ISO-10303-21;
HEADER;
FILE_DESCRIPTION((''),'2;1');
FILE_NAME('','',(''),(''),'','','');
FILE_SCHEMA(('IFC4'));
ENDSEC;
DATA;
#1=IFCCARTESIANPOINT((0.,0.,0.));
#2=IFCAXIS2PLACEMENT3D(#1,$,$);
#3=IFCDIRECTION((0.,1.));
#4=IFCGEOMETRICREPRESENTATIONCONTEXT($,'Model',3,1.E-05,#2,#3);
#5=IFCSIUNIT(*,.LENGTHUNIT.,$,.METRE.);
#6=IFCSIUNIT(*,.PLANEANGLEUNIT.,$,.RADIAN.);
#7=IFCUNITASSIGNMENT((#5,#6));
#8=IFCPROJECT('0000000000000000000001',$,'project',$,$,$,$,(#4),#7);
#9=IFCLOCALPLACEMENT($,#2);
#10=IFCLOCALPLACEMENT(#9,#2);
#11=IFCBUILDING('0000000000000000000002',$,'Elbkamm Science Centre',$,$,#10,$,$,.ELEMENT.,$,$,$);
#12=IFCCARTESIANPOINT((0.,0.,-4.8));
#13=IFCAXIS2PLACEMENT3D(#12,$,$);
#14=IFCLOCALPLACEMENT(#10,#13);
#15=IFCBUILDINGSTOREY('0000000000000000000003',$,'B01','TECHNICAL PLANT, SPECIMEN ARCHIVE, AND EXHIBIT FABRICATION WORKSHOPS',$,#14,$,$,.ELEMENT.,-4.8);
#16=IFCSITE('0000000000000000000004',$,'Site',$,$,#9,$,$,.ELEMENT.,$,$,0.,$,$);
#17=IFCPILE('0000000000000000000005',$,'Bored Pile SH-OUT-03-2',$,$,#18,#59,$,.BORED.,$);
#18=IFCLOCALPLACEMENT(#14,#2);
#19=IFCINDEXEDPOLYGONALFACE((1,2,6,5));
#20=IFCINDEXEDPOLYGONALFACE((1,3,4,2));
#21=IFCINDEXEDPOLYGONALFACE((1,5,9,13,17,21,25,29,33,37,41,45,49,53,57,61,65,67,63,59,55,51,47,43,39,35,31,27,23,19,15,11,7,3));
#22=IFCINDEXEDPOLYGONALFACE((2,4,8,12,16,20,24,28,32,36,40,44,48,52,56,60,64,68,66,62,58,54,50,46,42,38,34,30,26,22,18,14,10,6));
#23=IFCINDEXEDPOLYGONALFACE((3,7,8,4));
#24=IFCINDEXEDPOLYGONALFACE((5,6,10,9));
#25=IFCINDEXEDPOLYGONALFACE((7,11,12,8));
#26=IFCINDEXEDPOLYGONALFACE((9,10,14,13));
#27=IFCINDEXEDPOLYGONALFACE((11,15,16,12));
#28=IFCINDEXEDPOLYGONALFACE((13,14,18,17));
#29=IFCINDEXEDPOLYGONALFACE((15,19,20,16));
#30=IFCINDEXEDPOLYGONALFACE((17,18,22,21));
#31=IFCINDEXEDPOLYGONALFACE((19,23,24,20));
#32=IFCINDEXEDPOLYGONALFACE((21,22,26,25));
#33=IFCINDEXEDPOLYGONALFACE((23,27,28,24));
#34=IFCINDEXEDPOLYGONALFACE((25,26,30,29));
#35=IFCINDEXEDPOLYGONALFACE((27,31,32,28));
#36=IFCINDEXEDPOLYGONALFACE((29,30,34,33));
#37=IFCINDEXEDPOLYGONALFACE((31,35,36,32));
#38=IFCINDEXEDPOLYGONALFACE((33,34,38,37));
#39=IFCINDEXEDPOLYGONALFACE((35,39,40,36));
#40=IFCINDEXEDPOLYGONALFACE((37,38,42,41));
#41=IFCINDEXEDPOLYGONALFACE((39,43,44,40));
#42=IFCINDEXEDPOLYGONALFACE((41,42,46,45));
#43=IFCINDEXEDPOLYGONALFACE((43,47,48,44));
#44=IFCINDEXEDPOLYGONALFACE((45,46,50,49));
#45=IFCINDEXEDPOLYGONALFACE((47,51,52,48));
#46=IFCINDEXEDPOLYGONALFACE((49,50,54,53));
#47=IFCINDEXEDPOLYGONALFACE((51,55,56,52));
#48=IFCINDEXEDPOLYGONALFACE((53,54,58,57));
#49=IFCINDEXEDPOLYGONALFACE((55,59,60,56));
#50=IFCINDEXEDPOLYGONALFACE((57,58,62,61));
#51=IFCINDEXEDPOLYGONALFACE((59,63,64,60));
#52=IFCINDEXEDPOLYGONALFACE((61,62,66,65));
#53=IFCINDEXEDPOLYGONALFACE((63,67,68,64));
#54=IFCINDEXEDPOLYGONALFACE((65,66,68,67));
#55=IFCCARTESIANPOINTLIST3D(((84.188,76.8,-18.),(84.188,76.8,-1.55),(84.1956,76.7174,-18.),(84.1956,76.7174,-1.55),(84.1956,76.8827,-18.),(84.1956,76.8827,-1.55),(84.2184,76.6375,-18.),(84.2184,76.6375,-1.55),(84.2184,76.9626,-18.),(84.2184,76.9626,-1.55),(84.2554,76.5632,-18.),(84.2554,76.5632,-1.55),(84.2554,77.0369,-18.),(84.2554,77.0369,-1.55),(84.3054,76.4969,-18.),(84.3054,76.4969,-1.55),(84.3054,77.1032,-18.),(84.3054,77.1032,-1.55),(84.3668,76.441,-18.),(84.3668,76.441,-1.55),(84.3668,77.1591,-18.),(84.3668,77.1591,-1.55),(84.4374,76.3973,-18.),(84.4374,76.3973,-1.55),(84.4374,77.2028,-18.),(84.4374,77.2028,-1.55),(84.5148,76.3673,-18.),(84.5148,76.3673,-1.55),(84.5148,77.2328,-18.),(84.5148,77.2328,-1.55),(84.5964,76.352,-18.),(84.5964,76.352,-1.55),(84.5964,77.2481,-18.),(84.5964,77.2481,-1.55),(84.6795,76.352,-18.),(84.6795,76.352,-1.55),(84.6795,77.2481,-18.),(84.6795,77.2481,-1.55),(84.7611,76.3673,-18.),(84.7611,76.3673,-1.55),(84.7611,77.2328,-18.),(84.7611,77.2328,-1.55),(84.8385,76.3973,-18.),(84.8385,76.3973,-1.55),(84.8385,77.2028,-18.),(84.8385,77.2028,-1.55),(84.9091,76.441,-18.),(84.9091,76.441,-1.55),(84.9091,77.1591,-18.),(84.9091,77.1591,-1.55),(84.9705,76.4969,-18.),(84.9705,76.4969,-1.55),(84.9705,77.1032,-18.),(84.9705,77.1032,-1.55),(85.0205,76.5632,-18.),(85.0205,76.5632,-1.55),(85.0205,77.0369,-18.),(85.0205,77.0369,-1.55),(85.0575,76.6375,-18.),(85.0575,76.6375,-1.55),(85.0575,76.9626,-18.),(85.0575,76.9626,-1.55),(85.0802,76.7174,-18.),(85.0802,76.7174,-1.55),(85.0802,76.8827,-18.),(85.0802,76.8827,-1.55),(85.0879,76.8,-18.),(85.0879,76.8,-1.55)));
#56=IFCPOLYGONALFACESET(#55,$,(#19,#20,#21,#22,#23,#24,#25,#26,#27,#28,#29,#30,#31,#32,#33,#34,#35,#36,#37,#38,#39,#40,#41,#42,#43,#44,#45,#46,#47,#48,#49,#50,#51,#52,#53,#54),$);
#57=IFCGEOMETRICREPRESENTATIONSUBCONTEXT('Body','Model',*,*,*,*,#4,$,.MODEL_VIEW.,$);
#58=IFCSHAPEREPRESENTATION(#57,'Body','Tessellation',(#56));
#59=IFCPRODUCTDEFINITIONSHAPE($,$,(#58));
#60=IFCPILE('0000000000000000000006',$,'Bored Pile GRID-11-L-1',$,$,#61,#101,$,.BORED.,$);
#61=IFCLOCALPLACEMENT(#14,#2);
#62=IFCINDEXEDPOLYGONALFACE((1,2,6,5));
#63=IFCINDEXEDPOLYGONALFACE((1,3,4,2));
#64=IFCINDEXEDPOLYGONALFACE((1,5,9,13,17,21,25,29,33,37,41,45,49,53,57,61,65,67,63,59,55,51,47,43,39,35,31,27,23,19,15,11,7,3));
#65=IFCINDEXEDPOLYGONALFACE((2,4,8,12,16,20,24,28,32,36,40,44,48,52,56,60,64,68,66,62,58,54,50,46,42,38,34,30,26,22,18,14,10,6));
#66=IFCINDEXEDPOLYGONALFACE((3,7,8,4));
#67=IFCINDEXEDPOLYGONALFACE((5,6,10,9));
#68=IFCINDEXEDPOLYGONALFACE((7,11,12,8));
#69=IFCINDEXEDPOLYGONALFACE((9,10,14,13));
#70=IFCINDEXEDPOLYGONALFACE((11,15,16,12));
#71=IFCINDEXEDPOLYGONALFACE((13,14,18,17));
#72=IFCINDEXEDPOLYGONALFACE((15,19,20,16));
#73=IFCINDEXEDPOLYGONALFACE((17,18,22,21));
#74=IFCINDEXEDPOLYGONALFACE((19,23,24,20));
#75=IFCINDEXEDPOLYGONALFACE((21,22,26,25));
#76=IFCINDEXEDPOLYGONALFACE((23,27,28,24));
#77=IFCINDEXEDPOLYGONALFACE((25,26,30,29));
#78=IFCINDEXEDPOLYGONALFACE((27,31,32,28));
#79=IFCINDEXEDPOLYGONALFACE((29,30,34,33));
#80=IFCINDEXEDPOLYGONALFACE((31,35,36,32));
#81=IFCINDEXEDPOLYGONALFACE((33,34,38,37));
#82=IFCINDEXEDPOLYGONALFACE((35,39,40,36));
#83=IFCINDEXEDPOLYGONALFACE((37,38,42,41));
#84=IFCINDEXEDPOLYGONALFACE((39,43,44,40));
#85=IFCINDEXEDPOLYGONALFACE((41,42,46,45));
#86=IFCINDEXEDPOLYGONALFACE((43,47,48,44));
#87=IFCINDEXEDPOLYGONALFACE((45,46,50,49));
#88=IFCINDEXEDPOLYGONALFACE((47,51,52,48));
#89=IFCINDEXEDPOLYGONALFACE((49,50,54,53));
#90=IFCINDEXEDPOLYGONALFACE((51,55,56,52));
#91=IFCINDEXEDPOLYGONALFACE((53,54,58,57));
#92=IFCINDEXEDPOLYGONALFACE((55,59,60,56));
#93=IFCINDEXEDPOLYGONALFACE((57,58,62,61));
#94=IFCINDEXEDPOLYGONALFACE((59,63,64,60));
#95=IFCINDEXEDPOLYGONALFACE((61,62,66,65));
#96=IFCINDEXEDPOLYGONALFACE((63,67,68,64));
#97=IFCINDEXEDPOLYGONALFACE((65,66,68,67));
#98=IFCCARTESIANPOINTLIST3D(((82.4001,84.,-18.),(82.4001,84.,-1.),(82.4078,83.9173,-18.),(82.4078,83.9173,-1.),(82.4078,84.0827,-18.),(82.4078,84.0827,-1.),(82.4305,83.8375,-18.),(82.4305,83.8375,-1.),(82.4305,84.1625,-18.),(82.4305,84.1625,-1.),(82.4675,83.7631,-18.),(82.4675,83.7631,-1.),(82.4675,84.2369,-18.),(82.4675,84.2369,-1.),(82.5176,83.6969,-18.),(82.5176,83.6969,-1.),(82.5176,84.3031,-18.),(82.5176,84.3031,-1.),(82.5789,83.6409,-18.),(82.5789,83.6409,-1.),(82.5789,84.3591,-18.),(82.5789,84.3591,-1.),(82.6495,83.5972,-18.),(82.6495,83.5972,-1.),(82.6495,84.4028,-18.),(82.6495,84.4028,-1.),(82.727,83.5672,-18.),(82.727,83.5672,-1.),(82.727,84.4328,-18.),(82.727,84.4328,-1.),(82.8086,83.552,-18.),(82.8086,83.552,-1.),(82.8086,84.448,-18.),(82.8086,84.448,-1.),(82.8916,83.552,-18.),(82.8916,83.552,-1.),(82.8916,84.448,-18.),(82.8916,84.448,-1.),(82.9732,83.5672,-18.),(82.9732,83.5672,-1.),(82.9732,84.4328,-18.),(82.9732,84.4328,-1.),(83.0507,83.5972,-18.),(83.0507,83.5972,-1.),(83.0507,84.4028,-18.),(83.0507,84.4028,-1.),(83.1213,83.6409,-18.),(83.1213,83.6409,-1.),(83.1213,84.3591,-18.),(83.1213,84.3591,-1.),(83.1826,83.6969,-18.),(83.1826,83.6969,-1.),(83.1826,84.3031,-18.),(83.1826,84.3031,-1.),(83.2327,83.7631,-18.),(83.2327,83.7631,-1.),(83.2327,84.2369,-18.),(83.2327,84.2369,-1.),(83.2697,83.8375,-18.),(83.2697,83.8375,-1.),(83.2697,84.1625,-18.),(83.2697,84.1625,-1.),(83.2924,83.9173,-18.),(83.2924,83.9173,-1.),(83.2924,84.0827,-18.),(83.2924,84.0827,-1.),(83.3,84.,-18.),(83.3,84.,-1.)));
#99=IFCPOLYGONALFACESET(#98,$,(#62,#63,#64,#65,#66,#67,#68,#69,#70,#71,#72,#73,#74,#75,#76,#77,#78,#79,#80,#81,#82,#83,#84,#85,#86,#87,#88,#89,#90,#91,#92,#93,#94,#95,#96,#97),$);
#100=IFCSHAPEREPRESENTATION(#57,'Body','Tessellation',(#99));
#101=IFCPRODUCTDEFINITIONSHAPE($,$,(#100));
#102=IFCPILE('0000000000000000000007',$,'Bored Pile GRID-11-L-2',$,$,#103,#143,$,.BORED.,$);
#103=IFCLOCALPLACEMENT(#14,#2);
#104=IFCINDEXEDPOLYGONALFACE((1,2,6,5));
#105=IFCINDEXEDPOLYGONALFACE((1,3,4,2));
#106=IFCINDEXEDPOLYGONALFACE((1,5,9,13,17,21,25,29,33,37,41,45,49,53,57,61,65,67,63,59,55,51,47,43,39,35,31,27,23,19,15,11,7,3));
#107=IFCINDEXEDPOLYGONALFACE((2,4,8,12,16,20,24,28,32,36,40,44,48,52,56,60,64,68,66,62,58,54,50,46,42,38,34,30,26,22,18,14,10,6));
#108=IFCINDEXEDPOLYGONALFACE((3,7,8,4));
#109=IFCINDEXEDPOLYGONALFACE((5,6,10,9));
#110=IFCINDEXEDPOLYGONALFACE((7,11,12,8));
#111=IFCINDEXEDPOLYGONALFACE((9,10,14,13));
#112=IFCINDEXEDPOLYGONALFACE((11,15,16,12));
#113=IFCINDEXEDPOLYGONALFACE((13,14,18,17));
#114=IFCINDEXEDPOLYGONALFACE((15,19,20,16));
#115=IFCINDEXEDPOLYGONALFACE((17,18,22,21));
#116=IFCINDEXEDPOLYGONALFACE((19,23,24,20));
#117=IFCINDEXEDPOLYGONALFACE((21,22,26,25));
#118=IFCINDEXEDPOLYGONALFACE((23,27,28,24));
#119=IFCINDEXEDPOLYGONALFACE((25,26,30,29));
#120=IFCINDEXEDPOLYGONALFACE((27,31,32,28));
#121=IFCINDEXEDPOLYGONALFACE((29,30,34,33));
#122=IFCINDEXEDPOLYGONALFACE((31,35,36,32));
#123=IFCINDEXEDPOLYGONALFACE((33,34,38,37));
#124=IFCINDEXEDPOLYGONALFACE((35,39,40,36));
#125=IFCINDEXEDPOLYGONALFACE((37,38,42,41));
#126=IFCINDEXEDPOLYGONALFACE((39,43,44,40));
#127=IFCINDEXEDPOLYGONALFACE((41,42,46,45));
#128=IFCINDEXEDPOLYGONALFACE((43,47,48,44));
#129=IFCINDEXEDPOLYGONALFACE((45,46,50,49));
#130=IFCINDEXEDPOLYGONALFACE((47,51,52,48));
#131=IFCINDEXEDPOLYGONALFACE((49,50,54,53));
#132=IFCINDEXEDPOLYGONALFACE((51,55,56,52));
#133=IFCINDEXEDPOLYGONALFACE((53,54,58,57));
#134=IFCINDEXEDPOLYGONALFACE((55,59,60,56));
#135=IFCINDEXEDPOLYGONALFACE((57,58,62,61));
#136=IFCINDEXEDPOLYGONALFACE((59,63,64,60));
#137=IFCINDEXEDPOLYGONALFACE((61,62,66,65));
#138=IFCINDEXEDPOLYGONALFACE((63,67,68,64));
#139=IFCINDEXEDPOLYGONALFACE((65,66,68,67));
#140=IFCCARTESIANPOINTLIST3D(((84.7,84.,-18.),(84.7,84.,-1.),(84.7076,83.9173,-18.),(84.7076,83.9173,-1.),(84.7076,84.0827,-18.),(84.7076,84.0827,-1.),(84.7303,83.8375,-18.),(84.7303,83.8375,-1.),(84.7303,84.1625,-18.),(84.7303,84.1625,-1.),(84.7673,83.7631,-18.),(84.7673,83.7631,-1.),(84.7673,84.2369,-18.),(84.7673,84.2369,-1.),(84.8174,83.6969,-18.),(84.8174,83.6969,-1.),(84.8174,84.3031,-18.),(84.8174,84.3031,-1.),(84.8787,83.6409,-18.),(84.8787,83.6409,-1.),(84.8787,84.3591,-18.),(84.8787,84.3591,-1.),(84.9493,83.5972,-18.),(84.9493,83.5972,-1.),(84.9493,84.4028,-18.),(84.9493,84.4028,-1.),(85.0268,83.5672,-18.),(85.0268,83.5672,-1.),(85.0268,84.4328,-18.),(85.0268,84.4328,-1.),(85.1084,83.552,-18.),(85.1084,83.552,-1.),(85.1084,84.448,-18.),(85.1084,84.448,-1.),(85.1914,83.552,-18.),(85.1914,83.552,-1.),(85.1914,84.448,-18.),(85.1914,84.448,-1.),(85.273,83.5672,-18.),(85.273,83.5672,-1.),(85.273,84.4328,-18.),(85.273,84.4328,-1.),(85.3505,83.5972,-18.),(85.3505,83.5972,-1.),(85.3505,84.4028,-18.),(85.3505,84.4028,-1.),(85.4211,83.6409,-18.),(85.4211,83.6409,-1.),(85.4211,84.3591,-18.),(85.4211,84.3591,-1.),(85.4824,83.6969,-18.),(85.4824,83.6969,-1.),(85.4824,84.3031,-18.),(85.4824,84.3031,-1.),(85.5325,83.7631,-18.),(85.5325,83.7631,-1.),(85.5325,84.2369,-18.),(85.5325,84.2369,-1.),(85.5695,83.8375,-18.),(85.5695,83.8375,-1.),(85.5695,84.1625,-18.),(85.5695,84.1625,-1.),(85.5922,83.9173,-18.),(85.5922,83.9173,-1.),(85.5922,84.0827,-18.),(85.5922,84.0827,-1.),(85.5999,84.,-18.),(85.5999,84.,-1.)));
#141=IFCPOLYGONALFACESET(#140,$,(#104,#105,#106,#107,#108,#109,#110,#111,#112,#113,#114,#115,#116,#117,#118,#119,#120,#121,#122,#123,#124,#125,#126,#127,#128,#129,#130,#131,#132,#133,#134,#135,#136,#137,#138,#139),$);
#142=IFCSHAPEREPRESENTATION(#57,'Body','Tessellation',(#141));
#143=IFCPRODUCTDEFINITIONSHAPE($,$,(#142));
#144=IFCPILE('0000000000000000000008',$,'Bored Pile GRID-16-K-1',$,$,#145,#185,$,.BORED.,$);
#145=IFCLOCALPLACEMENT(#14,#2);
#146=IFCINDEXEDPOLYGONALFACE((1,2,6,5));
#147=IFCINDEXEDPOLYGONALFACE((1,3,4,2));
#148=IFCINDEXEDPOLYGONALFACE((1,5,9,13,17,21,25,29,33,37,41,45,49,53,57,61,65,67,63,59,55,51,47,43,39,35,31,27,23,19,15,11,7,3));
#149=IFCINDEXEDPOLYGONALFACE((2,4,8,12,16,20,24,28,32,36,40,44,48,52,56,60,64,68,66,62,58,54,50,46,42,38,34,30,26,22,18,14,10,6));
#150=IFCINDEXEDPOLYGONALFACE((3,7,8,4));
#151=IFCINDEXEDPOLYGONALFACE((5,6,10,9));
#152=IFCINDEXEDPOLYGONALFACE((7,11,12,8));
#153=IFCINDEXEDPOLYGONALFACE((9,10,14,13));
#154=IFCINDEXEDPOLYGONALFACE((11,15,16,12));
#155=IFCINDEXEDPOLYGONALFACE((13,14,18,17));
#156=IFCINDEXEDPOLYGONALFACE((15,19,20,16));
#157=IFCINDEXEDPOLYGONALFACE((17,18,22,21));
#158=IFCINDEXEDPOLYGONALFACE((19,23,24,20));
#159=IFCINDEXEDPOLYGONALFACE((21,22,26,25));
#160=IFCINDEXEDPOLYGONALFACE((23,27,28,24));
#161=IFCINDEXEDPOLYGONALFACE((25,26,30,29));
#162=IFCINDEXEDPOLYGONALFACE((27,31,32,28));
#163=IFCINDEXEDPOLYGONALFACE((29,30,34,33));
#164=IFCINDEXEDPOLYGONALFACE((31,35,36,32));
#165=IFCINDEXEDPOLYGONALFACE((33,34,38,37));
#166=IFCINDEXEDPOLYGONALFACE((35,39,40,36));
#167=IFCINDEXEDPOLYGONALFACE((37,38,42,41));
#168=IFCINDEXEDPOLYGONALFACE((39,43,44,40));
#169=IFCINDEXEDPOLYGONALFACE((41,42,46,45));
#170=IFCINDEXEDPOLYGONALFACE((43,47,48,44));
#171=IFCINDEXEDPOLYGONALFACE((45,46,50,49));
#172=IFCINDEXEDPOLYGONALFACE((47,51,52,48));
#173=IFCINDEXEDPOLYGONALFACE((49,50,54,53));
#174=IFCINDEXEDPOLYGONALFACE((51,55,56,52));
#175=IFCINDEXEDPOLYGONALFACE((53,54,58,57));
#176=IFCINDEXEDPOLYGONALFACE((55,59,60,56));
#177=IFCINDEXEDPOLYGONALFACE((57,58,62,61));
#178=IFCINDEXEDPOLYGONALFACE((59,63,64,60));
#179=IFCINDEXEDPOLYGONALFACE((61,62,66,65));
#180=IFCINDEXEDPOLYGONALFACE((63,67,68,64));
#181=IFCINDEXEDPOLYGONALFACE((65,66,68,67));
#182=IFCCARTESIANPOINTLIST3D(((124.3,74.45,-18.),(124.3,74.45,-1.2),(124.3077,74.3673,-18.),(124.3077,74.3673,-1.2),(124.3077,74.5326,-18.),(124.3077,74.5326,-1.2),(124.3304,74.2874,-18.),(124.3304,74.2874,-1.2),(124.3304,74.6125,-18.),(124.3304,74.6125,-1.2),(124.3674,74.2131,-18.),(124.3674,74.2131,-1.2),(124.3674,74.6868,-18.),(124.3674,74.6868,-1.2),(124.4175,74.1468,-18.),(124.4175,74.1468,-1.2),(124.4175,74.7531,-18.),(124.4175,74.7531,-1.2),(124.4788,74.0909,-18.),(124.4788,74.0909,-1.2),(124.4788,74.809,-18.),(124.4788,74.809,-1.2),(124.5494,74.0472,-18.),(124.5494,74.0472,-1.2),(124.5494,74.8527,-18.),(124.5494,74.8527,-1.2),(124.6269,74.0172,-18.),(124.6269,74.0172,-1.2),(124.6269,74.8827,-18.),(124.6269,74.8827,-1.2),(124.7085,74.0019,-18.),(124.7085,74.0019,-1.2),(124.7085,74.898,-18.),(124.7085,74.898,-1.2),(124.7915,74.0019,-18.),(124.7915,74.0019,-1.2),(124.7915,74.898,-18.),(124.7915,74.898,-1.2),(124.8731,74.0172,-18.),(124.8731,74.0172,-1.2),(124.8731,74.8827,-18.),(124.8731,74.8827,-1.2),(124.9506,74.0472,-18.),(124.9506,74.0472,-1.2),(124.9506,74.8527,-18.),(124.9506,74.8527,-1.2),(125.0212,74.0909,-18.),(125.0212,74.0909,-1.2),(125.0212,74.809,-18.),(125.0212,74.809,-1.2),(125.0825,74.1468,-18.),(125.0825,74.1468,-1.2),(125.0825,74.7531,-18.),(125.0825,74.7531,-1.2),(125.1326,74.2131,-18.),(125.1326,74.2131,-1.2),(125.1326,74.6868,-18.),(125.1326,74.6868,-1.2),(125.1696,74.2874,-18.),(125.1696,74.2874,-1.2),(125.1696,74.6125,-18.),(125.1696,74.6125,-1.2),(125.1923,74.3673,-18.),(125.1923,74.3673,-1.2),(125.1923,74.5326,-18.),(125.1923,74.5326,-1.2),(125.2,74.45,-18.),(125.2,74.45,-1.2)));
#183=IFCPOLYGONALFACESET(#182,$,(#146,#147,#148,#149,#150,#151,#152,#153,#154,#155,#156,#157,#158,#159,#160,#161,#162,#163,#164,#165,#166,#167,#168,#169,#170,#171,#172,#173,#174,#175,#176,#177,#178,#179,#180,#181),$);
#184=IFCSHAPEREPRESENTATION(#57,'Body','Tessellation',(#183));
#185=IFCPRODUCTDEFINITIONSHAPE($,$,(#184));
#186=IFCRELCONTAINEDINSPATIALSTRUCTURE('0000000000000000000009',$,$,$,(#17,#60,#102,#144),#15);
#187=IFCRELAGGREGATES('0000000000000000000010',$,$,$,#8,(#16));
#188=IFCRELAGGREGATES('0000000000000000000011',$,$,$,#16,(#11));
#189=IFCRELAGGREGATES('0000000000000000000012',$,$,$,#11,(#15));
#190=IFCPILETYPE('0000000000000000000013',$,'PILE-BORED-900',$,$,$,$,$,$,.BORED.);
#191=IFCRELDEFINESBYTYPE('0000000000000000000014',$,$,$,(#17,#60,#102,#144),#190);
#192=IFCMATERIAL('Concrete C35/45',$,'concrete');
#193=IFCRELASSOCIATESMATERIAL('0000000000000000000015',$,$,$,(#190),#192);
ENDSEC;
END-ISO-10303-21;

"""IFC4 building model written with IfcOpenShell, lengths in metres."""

from ifc_helpers import new_model, si_unit, direction, frame, origin, origin_2d, place, context, subcontext, project, spatial, circle, extrude, material, material_profile, profile_set, type_object, element, save


model = new_model("IFC4")

# Units and contexts
model_context = context("Model", 3, precision=1e-05, world=origin(), true_north=direction((0.0, 1.0)))
body_context = subcontext(model_context, "Body", "Model", "MODEL_VIEW")
ifc_project = project(units=[si_unit("LENGTHUNIT", "METRE"), si_unit("PLANEANGLEUNIT", "RADIAN")], contexts=[model_context])

# Site, building, storey
site_placement = place(None, origin())
site = spatial("IfcSite", under=ifc_project, at=site_placement, Name="Site", CompositionType="ELEMENT", RefElevation=0.0)
building_placement = place(site_placement, origin())
building = spatial("IfcBuilding", under=site, at=building_placement, Name="Elbkamm Science Centre", CompositionType="ELEMENT")
storey_placement = place(building_placement, frame((0.0, 0.0, -4.8)))
storey = spatial("IfcBuildingStorey", under=building, at=storey_placement, Name="B01", Description="TECHNICAL PLANT, SPECIMEN ARCHIVE, AND EXHIBIT FABRICATION WORKSHOPS", CompositionType="ELEMENT", Elevation=-4.8)

# Shared definitions
ifc_material_1 = material(Name="Concrete C35/45", Category="concrete")

# Piles
ifc_material_profile_1 = material_profile(ifc_material_1, circle(Radius=0.45, at=origin_2d()), Name="PILE D900")
ifc_profile_set_1 = profile_set([ifc_material_profile_1], Name="Concrete C35/45")
pile_type = type_object("IfcPileType", Name="PILE-BORED-900", PredefinedType="BORED", material=ifc_profile_set_1)
pile_placement = place(storey_placement, frame((84.6379, 76.8, -1.55), z_axis=(0.0, 0.0, -1.0), x_axis=(1.0, 0.0, 0.0)))
element("IfcPile", 1, at=pile_placement, inside=storey, type_object=pile_type, Name="Bored Pile SH-OUT-03-2", PredefinedType="BORED", context=body_context, shape_type="SweptSolid", body=[
    extrude(circle(Radius=0.45, at=origin_2d()), origin(), (0.0, 0.0, 1.0), 16.45),
])
for number, where, z_axis, x_axis, name in (
    (2, (82.8501, 84.0, -1.0), (0.0, 0.0, -1.0), (1.0, 0.0, 0.0), "Bored Pile GRID-11-L-1"),
    (3, (85.1499, 84.0, -1.0), (0.0, 0.0, -1.0), (1.0, 0.0, 0.0), "Bored Pile GRID-11-L-2"),
):
    element("IfcPile", number, at=place(storey_placement, frame(where, z_axis=z_axis, x_axis=x_axis)), inside=storey, type_object=pile_type, Name=name, PredefinedType="BORED", context=body_context, shape_type="SweptSolid", body=[
        extrude(circle(Radius=0.45, at=origin_2d()), origin(), (0.0, 0.0, 1.0), 17.0),
    ])
for number, where, z_axis, x_axis, name in (
    (4, (124.75, 74.45, -1.2), (0.0, 0.0, -1.0), (1.0, 0.0, 0.0), "Bored Pile GRID-16-K-1"),
):
    element("IfcPile", number, at=place(storey_placement, frame(where, z_axis=z_axis, x_axis=x_axis)), inside=storey, type_object=pile_type, Name=name, PredefinedType="BORED", context=body_context, shape_type="SweptSolid", body=[
        extrude(circle(Radius=0.45, at=origin_2d()), origin(), (0.0, 0.0, 1.0), 16.8),
    ])

save(model, "model.ifc")
